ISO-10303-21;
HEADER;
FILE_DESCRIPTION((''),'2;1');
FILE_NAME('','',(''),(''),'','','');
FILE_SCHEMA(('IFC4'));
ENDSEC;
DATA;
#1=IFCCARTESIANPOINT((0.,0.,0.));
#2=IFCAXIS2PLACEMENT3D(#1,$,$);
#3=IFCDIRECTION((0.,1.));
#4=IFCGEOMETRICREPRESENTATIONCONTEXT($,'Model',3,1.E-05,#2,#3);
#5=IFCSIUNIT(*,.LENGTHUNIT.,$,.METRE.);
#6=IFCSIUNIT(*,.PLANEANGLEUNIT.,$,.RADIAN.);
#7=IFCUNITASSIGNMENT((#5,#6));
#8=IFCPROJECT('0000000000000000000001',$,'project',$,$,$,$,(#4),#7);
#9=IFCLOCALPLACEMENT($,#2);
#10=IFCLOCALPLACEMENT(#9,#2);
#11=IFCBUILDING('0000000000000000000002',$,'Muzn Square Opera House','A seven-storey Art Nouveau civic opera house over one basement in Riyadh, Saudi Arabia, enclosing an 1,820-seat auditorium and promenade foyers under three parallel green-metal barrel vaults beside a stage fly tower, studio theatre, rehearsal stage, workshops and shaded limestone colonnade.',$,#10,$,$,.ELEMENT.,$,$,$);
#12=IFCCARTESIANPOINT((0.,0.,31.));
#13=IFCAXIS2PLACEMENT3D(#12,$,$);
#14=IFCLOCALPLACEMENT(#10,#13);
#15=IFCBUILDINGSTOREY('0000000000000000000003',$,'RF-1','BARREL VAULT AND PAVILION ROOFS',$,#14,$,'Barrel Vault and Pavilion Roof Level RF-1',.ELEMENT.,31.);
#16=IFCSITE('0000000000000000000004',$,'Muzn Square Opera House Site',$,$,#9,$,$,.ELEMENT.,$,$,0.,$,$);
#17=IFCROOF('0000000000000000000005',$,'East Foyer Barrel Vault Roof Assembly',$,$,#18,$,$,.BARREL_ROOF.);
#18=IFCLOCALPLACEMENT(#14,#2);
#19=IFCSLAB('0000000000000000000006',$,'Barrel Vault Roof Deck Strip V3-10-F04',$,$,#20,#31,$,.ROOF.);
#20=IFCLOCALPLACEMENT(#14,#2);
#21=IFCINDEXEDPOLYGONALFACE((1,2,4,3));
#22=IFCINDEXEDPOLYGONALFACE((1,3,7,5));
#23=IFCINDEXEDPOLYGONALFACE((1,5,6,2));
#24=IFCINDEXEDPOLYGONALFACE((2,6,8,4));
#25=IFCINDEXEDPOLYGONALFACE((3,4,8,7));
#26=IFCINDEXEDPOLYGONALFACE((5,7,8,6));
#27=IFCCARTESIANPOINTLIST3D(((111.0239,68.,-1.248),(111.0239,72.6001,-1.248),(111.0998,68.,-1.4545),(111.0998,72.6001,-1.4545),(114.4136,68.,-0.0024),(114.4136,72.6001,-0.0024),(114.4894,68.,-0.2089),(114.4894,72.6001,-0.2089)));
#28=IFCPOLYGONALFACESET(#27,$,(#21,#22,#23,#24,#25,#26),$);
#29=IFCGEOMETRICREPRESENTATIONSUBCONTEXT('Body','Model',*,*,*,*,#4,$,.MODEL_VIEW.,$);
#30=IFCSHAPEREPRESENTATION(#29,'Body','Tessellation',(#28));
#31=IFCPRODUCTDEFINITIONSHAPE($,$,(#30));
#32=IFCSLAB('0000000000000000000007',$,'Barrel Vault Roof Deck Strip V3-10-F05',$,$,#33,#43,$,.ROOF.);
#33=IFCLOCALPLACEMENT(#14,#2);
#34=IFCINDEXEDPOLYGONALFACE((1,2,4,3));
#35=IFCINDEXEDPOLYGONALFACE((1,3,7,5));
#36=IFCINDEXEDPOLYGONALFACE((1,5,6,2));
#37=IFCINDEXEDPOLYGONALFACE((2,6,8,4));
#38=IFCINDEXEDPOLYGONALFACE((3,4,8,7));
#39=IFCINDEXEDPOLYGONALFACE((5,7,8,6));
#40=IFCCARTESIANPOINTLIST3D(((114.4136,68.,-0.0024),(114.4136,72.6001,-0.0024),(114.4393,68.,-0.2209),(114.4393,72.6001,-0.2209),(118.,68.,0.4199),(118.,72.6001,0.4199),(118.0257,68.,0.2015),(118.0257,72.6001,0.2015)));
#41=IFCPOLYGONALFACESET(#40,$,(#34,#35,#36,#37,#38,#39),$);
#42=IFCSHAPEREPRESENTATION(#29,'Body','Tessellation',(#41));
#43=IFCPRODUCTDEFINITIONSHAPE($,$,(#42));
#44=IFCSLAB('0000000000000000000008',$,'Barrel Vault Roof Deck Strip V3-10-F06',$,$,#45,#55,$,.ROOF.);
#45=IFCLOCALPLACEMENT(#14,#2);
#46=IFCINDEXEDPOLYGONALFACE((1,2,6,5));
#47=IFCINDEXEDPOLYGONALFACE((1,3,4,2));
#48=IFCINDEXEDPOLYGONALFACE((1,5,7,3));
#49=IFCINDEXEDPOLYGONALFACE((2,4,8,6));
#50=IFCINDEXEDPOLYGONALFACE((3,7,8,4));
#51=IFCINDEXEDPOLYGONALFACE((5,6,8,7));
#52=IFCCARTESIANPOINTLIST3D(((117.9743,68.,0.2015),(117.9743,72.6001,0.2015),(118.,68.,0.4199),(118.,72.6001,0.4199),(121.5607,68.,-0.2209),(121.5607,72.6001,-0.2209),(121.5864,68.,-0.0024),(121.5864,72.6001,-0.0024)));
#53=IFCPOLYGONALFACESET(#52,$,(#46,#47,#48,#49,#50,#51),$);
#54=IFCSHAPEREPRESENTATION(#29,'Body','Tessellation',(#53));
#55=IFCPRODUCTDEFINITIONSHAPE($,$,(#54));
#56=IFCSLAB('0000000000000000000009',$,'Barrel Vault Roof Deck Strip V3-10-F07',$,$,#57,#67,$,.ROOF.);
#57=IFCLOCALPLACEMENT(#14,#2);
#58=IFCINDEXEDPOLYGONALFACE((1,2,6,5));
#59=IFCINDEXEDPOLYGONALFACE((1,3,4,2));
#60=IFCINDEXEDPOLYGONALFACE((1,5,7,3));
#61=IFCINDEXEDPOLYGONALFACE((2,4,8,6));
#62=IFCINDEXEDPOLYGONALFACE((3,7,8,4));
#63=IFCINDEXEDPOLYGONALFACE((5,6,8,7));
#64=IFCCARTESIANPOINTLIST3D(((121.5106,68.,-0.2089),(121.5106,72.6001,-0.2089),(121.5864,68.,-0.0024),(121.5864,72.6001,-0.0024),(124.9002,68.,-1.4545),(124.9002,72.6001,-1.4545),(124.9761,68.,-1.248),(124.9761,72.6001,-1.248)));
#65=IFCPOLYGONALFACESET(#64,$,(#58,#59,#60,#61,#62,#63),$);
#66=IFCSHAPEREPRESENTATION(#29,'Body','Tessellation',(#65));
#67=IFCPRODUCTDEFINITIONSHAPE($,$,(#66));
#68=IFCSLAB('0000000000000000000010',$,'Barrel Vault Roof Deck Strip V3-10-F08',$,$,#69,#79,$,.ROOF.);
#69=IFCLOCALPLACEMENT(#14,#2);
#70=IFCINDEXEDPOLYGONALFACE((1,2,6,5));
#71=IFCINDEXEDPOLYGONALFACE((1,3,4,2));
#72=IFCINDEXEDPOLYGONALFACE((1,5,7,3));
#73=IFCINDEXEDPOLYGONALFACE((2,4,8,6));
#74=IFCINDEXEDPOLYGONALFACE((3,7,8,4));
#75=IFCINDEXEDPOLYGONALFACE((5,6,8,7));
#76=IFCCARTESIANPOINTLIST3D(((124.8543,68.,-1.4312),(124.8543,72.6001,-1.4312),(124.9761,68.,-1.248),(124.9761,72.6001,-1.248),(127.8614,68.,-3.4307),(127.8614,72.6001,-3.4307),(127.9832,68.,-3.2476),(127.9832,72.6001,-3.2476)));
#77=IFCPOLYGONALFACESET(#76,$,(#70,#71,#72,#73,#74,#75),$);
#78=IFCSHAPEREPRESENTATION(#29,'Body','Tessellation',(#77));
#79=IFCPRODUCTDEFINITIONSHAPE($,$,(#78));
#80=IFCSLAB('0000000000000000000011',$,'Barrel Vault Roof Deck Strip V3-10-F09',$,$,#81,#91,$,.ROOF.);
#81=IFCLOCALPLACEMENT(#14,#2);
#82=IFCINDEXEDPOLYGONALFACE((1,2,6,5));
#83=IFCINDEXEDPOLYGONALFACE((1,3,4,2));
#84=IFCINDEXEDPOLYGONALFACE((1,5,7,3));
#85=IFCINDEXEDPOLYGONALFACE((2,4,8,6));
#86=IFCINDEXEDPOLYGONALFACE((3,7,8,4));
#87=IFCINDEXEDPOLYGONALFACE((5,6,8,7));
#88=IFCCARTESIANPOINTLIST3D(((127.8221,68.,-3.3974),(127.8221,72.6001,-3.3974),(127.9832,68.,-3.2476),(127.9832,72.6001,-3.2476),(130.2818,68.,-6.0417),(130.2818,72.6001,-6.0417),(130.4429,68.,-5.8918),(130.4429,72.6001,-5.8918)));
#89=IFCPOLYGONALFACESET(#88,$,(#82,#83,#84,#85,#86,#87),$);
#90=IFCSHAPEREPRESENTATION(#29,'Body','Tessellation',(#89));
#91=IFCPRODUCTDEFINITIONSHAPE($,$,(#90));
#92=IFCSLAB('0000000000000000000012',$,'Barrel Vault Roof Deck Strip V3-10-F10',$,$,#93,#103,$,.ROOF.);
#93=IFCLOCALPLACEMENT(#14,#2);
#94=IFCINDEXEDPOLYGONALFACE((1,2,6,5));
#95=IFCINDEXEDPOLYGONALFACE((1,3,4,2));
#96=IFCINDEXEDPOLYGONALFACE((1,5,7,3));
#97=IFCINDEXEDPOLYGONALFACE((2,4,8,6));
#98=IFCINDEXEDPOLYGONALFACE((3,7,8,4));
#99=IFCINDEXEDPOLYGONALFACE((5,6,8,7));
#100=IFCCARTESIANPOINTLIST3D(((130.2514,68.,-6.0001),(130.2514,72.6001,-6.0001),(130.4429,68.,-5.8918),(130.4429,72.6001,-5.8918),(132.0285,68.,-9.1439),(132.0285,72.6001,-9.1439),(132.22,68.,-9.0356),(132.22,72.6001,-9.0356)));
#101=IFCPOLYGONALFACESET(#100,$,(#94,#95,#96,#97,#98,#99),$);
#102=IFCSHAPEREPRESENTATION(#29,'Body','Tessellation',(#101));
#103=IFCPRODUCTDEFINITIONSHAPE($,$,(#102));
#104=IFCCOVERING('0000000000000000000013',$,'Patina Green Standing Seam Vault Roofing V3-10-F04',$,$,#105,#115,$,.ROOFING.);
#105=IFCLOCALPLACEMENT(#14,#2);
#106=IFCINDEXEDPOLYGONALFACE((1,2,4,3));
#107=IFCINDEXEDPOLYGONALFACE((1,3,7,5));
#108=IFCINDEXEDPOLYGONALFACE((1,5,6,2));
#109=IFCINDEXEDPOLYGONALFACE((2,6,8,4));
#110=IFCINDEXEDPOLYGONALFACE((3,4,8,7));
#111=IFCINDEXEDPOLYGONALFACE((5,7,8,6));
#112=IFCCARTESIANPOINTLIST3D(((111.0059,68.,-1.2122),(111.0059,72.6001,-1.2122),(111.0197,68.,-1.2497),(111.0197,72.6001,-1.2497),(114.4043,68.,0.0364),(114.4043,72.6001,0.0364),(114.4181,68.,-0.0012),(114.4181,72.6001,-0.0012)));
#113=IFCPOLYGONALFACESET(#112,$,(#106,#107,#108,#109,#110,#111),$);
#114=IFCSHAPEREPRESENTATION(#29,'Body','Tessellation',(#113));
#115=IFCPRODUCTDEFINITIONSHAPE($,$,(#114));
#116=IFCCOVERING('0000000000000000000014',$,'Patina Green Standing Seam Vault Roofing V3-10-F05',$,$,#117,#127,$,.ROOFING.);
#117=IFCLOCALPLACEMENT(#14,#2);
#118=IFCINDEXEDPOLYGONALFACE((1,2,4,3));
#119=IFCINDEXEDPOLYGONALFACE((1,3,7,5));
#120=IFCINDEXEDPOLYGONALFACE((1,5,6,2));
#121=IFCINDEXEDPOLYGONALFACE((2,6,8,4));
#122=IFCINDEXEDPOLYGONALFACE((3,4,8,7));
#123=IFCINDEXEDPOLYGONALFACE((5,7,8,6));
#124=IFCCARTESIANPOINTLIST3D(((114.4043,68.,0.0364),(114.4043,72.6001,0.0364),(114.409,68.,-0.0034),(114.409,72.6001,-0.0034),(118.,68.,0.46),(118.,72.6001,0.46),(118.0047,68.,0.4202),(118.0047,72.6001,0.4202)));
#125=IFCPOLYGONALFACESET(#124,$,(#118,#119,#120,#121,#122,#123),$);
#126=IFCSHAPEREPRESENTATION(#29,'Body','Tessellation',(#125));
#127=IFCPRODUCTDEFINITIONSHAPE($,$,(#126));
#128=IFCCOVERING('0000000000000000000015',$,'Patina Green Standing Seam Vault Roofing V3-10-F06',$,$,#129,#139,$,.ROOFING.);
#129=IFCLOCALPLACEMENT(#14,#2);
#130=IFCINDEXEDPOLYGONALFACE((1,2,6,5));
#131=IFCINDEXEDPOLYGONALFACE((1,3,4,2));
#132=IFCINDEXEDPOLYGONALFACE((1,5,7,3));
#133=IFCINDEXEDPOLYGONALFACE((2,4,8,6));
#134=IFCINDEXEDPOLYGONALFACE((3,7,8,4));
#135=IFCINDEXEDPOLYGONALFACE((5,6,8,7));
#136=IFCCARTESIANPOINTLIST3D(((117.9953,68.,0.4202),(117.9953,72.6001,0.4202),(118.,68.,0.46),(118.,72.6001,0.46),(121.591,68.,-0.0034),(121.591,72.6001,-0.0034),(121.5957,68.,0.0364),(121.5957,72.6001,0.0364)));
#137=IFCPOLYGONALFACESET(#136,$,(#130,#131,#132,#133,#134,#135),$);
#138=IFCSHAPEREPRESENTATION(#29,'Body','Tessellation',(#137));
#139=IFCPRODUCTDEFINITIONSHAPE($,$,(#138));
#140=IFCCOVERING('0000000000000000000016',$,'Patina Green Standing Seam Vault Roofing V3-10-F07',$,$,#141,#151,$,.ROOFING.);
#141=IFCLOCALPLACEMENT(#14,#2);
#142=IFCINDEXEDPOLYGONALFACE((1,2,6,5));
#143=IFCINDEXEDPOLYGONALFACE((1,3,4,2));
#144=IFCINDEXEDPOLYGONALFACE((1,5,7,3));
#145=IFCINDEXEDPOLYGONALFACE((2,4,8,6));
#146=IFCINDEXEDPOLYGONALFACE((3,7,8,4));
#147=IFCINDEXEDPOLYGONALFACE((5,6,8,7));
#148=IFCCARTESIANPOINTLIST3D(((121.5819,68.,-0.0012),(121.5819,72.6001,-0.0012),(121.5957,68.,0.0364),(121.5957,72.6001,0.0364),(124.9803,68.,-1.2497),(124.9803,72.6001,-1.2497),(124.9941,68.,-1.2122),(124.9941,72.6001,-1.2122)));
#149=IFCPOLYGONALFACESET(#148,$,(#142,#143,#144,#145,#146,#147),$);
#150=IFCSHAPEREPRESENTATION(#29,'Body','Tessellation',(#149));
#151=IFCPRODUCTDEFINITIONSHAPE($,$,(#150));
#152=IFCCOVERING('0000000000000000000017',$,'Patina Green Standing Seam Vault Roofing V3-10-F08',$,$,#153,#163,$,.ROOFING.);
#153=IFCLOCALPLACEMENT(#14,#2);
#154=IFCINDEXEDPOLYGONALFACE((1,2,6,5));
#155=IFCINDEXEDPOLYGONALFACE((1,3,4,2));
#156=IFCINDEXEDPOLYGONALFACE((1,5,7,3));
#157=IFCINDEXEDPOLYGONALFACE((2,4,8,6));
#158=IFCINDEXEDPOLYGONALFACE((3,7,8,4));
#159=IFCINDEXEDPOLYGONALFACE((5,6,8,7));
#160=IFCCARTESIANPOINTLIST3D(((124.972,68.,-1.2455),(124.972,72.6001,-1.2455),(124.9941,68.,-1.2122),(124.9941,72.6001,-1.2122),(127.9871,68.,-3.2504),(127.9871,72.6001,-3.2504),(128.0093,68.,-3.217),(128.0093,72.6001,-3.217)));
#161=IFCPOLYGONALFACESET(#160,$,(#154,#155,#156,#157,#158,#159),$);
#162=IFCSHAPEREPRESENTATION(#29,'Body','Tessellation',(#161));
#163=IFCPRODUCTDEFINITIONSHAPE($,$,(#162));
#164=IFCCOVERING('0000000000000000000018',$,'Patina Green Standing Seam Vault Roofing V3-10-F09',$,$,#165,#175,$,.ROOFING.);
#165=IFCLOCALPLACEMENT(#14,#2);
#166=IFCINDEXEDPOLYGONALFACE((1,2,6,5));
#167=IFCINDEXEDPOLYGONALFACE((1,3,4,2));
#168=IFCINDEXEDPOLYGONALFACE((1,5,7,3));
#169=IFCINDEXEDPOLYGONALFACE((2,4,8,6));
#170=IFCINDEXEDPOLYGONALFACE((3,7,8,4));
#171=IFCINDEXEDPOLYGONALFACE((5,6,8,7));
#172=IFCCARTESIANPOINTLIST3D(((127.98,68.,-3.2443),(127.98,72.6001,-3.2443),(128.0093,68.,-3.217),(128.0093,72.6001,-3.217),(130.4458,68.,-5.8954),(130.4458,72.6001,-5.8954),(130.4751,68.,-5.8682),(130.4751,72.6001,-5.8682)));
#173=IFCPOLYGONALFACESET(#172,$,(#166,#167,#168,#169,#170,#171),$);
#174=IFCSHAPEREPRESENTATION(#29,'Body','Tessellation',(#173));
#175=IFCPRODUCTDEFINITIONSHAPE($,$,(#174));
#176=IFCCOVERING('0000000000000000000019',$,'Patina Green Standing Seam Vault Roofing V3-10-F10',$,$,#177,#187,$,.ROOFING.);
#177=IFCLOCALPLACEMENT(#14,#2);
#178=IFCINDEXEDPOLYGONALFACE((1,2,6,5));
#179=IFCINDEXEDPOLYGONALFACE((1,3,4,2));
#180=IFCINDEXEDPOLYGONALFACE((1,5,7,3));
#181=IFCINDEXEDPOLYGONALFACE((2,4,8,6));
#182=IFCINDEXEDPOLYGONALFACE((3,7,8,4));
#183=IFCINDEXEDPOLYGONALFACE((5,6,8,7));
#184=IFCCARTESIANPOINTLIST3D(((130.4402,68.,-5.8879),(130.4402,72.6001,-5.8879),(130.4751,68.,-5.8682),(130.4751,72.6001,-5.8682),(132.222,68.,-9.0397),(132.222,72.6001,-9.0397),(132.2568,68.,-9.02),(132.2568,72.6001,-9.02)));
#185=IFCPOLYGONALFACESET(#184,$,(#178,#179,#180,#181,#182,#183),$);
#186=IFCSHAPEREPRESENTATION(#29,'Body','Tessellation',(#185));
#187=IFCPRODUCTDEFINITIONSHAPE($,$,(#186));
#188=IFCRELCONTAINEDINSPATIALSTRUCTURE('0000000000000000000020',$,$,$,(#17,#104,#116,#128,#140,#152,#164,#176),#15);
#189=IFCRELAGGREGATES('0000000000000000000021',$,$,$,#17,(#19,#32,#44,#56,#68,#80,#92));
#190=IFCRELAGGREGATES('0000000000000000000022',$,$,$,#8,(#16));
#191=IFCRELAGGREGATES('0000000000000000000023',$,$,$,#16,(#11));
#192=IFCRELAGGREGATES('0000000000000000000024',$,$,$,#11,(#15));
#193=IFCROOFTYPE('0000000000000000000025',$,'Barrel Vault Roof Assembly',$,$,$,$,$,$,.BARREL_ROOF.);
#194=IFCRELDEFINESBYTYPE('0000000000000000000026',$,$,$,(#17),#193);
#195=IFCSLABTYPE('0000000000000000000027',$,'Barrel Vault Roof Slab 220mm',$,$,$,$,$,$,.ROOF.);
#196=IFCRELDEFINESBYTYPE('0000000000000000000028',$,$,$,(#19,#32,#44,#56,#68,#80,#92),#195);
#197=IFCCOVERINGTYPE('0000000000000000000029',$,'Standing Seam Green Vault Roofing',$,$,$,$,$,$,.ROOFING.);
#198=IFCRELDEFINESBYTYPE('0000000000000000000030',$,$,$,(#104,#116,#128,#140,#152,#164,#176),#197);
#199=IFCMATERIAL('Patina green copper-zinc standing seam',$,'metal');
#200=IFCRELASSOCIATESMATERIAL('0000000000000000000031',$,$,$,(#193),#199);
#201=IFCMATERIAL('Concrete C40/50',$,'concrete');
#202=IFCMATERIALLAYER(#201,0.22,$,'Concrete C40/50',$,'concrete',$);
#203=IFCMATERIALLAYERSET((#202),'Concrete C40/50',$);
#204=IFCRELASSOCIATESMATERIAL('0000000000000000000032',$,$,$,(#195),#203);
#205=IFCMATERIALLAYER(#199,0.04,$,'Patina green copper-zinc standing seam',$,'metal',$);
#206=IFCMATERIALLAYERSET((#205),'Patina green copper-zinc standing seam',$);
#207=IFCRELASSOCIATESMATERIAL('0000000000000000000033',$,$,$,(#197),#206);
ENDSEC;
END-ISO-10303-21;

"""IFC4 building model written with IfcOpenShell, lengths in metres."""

from ifc_helpers import new_model, si_unit, direction, frame, origin, place, context, subcontext, project, spatial, polyline, outline, extrude, material, layer, layer_set, type_object, element, aggregate, save


model = new_model("IFC4")

# Units and contexts
model_context = context("Model", 3, precision=1e-05, world=origin(), true_north=direction((0.0, 1.0)))
body_context = subcontext(model_context, "Body", "Model", "MODEL_VIEW")
ifc_project = project(units=[si_unit("LENGTHUNIT", "METRE"), si_unit("PLANEANGLEUNIT", "RADIAN")], contexts=[model_context])

# Site, building, storey
site_placement = place(None, origin())
site = spatial("IfcSite", under=ifc_project, at=site_placement, Name="Muzn Square Opera House Site", CompositionType="ELEMENT", RefElevation=0.0)
building_placement = place(site_placement, origin())
building = spatial("IfcBuilding", under=site, at=building_placement, Name="Muzn Square Opera House", Description="A seven-storey Art Nouveau civic opera house over one basement in Riyadh, Saudi Arabia, enclosing an 1,820-seat auditorium and promenade foyers under three parallel green-metal barrel vaults beside a stage fly tower, studio theatre, rehearsal stage, workshops and shaded limestone colonnade.", CompositionType="ELEMENT")
storey_placement = place(building_placement, frame((0.0, 0.0, 31.0)))
storey = spatial("IfcBuildingStorey", under=building, at=storey_placement, Name="RF-1", Description="BARREL VAULT AND PAVILION ROOFS", LongName="Barrel Vault and Pavilion Roof Level RF-1", CompositionType="ELEMENT", Elevation=31.0)

# Roof, slabs
ifc_material_1 = material(Name="Patina green copper-zinc standing seam", Category="metal")
roof_type = type_object("IfcRoofType", Name="Barrel Vault Roof Assembly", PredefinedType="BARREL_ROOF", material=ifc_material_1)
roof_placement = place(storey_placement, origin())
roof = element("IfcRoof", 1, at=roof_placement, inside=storey, type_object=roof_type, Name="East Foyer Barrel Vault Roof Assembly", PredefinedType="BARREL_ROOF")
ifc_material_2 = material(Name="Concrete C40/50", Category="concrete")
ifc_layer_1 = layer(ifc_material_2, 0.22, Name="Concrete C40/50", Category="concrete")
ifc_layer_set_1 = layer_set([ifc_layer_1], Name="Concrete C40/50")
slab_type = type_object("IfcSlabType", Name="Barrel Vault Roof Slab 220mm", PredefinedType="ROOF", material=ifc_layer_set_1)
slab_1_placement = place(storey_placement, frame((114.4136, 68.0, -0.0024), z_axis=(-0.344922, 0.0, 0.938631), x_axis=(0.0, 1.0, 0.0)))
slab_1 = element("IfcSlab", 2, at=slab_1_placement, type_object=slab_type, Name="Barrel Vault Roof Deck Strip V3-10-F04", PredefinedType="ROOF", context=body_context, shape_type="SweptSolid", body=[
    extrude(outline(polyline([(0.0, 3.6113), (0.0, 0.0), (4.6001, 0.0), (4.6001, 3.6113), (0.0, 3.6113)])), origin(), (0.0, 0.0, -1.0), 0.22),
])
slab_2_placement = place(storey_placement, frame((118.0, 68.0, 0.4199), z_axis=(-0.116959, 0.0, 0.993137), x_axis=(0.0, 1.0, 0.0)))
slab_2 = element("IfcSlab", 3, at=slab_2_placement, type_object=slab_type, Name="Barrel Vault Roof Deck Strip V3-10-F05", PredefinedType="ROOF", context=body_context, shape_type="SweptSolid", body=[
    extrude(outline(polyline([(0.0, 3.6112), (0.0, 0.0), (4.6001, 0.0), (4.6001, 3.6112), (0.0, 3.6112)])), origin(), (0.0, 0.0, -1.0), 0.22),
])
slab_3_placement = place(storey_placement, frame((118.0, 68.0, 0.4199), z_axis=(0.116959, 0.0, 0.993137), x_axis=(0.993137, 0.0, -0.116959)))
slab_3 = element("IfcSlab", 4, at=slab_3_placement, type_object=slab_type, Name="Barrel Vault Roof Deck Strip V3-10-F06", PredefinedType="ROOF", context=body_context, shape_type="SweptSolid", body=[
    extrude(outline(polyline([(0.0, 0.0), (3.6112, 0.0), (3.6112, 4.6001), (0.0, 4.6001), (0.0, 0.0)])), origin(), (0.0, 0.0, -1.0), 0.22),
])
slab_4_placement = place(storey_placement, frame((121.5864, 68.0, -0.0024), z_axis=(0.344922, 0.0, 0.938631), x_axis=(0.938631, 0.0, -0.344922)))
slab_4 = element("IfcSlab", 5, at=slab_4_placement, type_object=slab_type, Name="Barrel Vault Roof Deck Strip V3-10-F07", PredefinedType="ROOF", context=body_context, shape_type="SweptSolid", body=[
    extrude(outline(polyline([(0.0, 0.0), (3.6113, 0.0), (3.6113, 4.6001), (0.0, 4.6001), (0.0, 0.0)])), origin(), (0.0, 0.0, -1.0), 0.22),
])
slab_5_placement = place(storey_placement, frame((124.9761, 68.0, -1.248), z_axis=(0.553701, 0.0, 0.832715), x_axis=(0.832715, 0.0, -0.553701)))
slab_5 = element("IfcSlab", 6, at=slab_5_placement, type_object=slab_type, Name="Barrel Vault Roof Deck Strip V3-10-F08", PredefinedType="ROOF", context=body_context, shape_type="SweptSolid", body=[
    extrude(outline(polyline([(0.0, 0.0), (3.6112, 0.0), (3.6112, 4.6001), (0.0, 4.6001), (0.0, 0.0)])), origin(), (0.0, 0.0, -1.0), 0.22),
])
slab_6_placement = place(storey_placement, frame((127.9832, 68.0, -3.2476), z_axis=(0.732198, 0.0, 0.681091), x_axis=(0.681091, 0.0, -0.732198)))
slab_6 = element("IfcSlab", 7, at=slab_6_placement, type_object=slab_type, Name="Barrel Vault Roof Deck Strip V3-10-F09", PredefinedType="ROOF", context=body_context, shape_type="SweptSolid", body=[
    extrude(outline(polyline([(0.0, 0.0), (3.6114, 0.0), (3.6114, 4.6001), (0.0, 4.6001), (0.0, 0.0)])), origin(), (0.0, 0.0, -1.0), 0.22),
])
slab_7_placement = place(storey_placement, frame((130.4429, 68.0, -5.8918), z_axis=(0.870543, 0.0, 0.492093), x_axis=(0.492093, 0.0, -0.870543)))
slab_7 = element("IfcSlab", 8, at=slab_7_placement, type_object=slab_type, Name="Barrel Vault Roof Deck Strip V3-10-F10", PredefinedType="ROOF", context=body_context, shape_type="SweptSolid", body=[
    extrude(outline(polyline([(0.0, 0.0), (3.6113, 0.0), (3.6113, 4.6001), (0.0, 4.6001), (0.0, 0.0)])), origin(), (0.0, 0.0, -1.0), 0.22),
])
aggregate(roof, [slab_1, slab_2, slab_3, slab_4, slab_5, slab_6, slab_7])

# Coverings
ifc_layer_2 = layer(ifc_material_1, 0.04, Name="Patina green copper-zinc standing seam", Category="metal")
ifc_layer_set_2 = layer_set([ifc_layer_2], Name="Patina green copper-zinc standing seam")
covering_type = type_object("IfcCoveringType", Name="Standing Seam Green Vault Roofing", PredefinedType="ROOFING", material=ifc_layer_set_2)
covering_1_placement = place(storey_placement, frame((114.4043, 68.0, 0.0364), z_axis=(-0.344849, 0.0, 0.938658), x_axis=(0.0, 1.0, 0.0)))
element("IfcCovering", 9, at=covering_1_placement, inside=storey, type_object=covering_type, Name="Patina Green Standing Seam Vault Roofing V3-10-F04", PredefinedType="ROOFING", context=body_context, shape_type="SweptSolid", body=[
    extrude(outline(polyline([(0.0, 3.6205), (0.0, 0.0), (4.6001, 0.0), (4.6001, 3.6205), (0.0, 3.6205)])), origin(), (0.0, 0.0, -1.0), 0.04),
])
covering_2_placement = place(storey_placement, frame((118.0, 68.0, 0.46), z_axis=(-0.116994, 0.0, 0.993133), x_axis=(0.0, 1.0, 0.0)))
element("IfcCovering", 10, at=covering_2_placement, inside=storey, type_object=covering_type, Name="Patina Green Standing Seam Vault Roofing V3-10-F05", PredefinedType="ROOFING", context=body_context, shape_type="SweptSolid", body=[
    extrude(outline(polyline([(0.0, 3.6206), (0.0, 0.0), (4.6001, 0.0), (4.6001, 3.6206), (0.0, 3.6206)])), origin(), (0.0, 0.0, -1.0), 0.04),
])
covering_3_placement = place(storey_placement, frame((118.0, 68.0, 0.46), z_axis=(0.116994, 0.0, 0.993133), x_axis=(0.993133, 0.0, -0.116994)))
element("IfcCovering", 11, at=covering_3_placement, inside=storey, type_object=covering_type, Name="Patina Green Standing Seam Vault Roofing V3-10-F06", PredefinedType="ROOFING", context=body_context, shape_type="SweptSolid", body=[
    extrude(outline(polyline([(0.0, 0.0), (3.6206, 0.0), (3.6206, 4.6001), (0.0, 4.6001), (0.0, 0.0)])), origin(), (0.0, 0.0, -1.0), 0.04),
])
covering_4_placement = place(storey_placement, frame((121.5957, 68.0, 0.0364), z_axis=(0.344849, 0.0, 0.938658), x_axis=(0.938658, 0.0, -0.344849)))
element("IfcCovering", 12, at=covering_4_placement, inside=storey, type_object=covering_type, Name="Patina Green Standing Seam Vault Roofing V3-10-F07", PredefinedType="ROOFING", context=body_context, shape_type="SweptSolid", body=[
    extrude(outline(polyline([(0.0, 0.0), (3.6205, 0.0), (3.6205, 4.6001), (0.0, 4.6001), (0.0, 0.0)])), origin(), (0.0, 0.0, -1.0), 0.04),
])
covering_5_placement = place(storey_placement, frame((124.9941, 68.0, -1.2122), z_axis=(0.553704, 0.0, 0.832714), x_axis=(0.832714, 0.0, -0.553704)))
element("IfcCovering", 13, at=covering_5_placement, inside=storey, type_object=covering_type, Name="Patina Green Standing Seam Vault Roofing V3-10-F08", PredefinedType="ROOFING", context=body_context, shape_type="SweptSolid", body=[
    extrude(outline(polyline([(0.0, 0.0), (3.6209, 0.0), (3.6209, 4.6001), (0.0, 4.6001), (0.0, 0.0)])), origin(), (0.0, 0.0, -1.0), 0.04),
])
covering_6_placement = place(storey_placement, frame((128.0093, 68.0, -3.217), z_axis=(0.732234, 0.0, 0.681053), x_axis=(0.681053, 0.0, -0.732234)))
element("IfcCovering", 14, at=covering_6_placement, inside=storey, type_object=covering_type, Name="Patina Green Standing Seam Vault Roofing V3-10-F09", PredefinedType="ROOFING", context=body_context, shape_type="SweptSolid", body=[
    extrude(outline(polyline([(0.0, 0.0), (3.6206, 0.0), (3.6206, 4.6001), (0.0, 4.6001), (0.0, 0.0)])), origin(), (0.0, 0.0, -1.0), 0.04),
])
covering_7_placement = place(storey_placement, frame((130.4751, 68.0, -5.8682), z_axis=(0.870533, 0.0, 0.492111), x_axis=(0.492111, 0.0, -0.870533)))
element("IfcCovering", 15, at=covering_7_placement, inside=storey, type_object=covering_type, Name="Patina Green Standing Seam Vault Roofing V3-10-F10", PredefinedType="ROOFING", context=body_context, shape_type="SweptSolid", body=[
    extrude(outline(polyline([(0.0, 0.0), (3.6206, 0.0), (3.6206, 4.6001), (0.0, 4.6001), (0.0, 0.0)])), origin(), (0.0, 0.0, -1.0), 0.04),
])

save(model, "model.ifc")
